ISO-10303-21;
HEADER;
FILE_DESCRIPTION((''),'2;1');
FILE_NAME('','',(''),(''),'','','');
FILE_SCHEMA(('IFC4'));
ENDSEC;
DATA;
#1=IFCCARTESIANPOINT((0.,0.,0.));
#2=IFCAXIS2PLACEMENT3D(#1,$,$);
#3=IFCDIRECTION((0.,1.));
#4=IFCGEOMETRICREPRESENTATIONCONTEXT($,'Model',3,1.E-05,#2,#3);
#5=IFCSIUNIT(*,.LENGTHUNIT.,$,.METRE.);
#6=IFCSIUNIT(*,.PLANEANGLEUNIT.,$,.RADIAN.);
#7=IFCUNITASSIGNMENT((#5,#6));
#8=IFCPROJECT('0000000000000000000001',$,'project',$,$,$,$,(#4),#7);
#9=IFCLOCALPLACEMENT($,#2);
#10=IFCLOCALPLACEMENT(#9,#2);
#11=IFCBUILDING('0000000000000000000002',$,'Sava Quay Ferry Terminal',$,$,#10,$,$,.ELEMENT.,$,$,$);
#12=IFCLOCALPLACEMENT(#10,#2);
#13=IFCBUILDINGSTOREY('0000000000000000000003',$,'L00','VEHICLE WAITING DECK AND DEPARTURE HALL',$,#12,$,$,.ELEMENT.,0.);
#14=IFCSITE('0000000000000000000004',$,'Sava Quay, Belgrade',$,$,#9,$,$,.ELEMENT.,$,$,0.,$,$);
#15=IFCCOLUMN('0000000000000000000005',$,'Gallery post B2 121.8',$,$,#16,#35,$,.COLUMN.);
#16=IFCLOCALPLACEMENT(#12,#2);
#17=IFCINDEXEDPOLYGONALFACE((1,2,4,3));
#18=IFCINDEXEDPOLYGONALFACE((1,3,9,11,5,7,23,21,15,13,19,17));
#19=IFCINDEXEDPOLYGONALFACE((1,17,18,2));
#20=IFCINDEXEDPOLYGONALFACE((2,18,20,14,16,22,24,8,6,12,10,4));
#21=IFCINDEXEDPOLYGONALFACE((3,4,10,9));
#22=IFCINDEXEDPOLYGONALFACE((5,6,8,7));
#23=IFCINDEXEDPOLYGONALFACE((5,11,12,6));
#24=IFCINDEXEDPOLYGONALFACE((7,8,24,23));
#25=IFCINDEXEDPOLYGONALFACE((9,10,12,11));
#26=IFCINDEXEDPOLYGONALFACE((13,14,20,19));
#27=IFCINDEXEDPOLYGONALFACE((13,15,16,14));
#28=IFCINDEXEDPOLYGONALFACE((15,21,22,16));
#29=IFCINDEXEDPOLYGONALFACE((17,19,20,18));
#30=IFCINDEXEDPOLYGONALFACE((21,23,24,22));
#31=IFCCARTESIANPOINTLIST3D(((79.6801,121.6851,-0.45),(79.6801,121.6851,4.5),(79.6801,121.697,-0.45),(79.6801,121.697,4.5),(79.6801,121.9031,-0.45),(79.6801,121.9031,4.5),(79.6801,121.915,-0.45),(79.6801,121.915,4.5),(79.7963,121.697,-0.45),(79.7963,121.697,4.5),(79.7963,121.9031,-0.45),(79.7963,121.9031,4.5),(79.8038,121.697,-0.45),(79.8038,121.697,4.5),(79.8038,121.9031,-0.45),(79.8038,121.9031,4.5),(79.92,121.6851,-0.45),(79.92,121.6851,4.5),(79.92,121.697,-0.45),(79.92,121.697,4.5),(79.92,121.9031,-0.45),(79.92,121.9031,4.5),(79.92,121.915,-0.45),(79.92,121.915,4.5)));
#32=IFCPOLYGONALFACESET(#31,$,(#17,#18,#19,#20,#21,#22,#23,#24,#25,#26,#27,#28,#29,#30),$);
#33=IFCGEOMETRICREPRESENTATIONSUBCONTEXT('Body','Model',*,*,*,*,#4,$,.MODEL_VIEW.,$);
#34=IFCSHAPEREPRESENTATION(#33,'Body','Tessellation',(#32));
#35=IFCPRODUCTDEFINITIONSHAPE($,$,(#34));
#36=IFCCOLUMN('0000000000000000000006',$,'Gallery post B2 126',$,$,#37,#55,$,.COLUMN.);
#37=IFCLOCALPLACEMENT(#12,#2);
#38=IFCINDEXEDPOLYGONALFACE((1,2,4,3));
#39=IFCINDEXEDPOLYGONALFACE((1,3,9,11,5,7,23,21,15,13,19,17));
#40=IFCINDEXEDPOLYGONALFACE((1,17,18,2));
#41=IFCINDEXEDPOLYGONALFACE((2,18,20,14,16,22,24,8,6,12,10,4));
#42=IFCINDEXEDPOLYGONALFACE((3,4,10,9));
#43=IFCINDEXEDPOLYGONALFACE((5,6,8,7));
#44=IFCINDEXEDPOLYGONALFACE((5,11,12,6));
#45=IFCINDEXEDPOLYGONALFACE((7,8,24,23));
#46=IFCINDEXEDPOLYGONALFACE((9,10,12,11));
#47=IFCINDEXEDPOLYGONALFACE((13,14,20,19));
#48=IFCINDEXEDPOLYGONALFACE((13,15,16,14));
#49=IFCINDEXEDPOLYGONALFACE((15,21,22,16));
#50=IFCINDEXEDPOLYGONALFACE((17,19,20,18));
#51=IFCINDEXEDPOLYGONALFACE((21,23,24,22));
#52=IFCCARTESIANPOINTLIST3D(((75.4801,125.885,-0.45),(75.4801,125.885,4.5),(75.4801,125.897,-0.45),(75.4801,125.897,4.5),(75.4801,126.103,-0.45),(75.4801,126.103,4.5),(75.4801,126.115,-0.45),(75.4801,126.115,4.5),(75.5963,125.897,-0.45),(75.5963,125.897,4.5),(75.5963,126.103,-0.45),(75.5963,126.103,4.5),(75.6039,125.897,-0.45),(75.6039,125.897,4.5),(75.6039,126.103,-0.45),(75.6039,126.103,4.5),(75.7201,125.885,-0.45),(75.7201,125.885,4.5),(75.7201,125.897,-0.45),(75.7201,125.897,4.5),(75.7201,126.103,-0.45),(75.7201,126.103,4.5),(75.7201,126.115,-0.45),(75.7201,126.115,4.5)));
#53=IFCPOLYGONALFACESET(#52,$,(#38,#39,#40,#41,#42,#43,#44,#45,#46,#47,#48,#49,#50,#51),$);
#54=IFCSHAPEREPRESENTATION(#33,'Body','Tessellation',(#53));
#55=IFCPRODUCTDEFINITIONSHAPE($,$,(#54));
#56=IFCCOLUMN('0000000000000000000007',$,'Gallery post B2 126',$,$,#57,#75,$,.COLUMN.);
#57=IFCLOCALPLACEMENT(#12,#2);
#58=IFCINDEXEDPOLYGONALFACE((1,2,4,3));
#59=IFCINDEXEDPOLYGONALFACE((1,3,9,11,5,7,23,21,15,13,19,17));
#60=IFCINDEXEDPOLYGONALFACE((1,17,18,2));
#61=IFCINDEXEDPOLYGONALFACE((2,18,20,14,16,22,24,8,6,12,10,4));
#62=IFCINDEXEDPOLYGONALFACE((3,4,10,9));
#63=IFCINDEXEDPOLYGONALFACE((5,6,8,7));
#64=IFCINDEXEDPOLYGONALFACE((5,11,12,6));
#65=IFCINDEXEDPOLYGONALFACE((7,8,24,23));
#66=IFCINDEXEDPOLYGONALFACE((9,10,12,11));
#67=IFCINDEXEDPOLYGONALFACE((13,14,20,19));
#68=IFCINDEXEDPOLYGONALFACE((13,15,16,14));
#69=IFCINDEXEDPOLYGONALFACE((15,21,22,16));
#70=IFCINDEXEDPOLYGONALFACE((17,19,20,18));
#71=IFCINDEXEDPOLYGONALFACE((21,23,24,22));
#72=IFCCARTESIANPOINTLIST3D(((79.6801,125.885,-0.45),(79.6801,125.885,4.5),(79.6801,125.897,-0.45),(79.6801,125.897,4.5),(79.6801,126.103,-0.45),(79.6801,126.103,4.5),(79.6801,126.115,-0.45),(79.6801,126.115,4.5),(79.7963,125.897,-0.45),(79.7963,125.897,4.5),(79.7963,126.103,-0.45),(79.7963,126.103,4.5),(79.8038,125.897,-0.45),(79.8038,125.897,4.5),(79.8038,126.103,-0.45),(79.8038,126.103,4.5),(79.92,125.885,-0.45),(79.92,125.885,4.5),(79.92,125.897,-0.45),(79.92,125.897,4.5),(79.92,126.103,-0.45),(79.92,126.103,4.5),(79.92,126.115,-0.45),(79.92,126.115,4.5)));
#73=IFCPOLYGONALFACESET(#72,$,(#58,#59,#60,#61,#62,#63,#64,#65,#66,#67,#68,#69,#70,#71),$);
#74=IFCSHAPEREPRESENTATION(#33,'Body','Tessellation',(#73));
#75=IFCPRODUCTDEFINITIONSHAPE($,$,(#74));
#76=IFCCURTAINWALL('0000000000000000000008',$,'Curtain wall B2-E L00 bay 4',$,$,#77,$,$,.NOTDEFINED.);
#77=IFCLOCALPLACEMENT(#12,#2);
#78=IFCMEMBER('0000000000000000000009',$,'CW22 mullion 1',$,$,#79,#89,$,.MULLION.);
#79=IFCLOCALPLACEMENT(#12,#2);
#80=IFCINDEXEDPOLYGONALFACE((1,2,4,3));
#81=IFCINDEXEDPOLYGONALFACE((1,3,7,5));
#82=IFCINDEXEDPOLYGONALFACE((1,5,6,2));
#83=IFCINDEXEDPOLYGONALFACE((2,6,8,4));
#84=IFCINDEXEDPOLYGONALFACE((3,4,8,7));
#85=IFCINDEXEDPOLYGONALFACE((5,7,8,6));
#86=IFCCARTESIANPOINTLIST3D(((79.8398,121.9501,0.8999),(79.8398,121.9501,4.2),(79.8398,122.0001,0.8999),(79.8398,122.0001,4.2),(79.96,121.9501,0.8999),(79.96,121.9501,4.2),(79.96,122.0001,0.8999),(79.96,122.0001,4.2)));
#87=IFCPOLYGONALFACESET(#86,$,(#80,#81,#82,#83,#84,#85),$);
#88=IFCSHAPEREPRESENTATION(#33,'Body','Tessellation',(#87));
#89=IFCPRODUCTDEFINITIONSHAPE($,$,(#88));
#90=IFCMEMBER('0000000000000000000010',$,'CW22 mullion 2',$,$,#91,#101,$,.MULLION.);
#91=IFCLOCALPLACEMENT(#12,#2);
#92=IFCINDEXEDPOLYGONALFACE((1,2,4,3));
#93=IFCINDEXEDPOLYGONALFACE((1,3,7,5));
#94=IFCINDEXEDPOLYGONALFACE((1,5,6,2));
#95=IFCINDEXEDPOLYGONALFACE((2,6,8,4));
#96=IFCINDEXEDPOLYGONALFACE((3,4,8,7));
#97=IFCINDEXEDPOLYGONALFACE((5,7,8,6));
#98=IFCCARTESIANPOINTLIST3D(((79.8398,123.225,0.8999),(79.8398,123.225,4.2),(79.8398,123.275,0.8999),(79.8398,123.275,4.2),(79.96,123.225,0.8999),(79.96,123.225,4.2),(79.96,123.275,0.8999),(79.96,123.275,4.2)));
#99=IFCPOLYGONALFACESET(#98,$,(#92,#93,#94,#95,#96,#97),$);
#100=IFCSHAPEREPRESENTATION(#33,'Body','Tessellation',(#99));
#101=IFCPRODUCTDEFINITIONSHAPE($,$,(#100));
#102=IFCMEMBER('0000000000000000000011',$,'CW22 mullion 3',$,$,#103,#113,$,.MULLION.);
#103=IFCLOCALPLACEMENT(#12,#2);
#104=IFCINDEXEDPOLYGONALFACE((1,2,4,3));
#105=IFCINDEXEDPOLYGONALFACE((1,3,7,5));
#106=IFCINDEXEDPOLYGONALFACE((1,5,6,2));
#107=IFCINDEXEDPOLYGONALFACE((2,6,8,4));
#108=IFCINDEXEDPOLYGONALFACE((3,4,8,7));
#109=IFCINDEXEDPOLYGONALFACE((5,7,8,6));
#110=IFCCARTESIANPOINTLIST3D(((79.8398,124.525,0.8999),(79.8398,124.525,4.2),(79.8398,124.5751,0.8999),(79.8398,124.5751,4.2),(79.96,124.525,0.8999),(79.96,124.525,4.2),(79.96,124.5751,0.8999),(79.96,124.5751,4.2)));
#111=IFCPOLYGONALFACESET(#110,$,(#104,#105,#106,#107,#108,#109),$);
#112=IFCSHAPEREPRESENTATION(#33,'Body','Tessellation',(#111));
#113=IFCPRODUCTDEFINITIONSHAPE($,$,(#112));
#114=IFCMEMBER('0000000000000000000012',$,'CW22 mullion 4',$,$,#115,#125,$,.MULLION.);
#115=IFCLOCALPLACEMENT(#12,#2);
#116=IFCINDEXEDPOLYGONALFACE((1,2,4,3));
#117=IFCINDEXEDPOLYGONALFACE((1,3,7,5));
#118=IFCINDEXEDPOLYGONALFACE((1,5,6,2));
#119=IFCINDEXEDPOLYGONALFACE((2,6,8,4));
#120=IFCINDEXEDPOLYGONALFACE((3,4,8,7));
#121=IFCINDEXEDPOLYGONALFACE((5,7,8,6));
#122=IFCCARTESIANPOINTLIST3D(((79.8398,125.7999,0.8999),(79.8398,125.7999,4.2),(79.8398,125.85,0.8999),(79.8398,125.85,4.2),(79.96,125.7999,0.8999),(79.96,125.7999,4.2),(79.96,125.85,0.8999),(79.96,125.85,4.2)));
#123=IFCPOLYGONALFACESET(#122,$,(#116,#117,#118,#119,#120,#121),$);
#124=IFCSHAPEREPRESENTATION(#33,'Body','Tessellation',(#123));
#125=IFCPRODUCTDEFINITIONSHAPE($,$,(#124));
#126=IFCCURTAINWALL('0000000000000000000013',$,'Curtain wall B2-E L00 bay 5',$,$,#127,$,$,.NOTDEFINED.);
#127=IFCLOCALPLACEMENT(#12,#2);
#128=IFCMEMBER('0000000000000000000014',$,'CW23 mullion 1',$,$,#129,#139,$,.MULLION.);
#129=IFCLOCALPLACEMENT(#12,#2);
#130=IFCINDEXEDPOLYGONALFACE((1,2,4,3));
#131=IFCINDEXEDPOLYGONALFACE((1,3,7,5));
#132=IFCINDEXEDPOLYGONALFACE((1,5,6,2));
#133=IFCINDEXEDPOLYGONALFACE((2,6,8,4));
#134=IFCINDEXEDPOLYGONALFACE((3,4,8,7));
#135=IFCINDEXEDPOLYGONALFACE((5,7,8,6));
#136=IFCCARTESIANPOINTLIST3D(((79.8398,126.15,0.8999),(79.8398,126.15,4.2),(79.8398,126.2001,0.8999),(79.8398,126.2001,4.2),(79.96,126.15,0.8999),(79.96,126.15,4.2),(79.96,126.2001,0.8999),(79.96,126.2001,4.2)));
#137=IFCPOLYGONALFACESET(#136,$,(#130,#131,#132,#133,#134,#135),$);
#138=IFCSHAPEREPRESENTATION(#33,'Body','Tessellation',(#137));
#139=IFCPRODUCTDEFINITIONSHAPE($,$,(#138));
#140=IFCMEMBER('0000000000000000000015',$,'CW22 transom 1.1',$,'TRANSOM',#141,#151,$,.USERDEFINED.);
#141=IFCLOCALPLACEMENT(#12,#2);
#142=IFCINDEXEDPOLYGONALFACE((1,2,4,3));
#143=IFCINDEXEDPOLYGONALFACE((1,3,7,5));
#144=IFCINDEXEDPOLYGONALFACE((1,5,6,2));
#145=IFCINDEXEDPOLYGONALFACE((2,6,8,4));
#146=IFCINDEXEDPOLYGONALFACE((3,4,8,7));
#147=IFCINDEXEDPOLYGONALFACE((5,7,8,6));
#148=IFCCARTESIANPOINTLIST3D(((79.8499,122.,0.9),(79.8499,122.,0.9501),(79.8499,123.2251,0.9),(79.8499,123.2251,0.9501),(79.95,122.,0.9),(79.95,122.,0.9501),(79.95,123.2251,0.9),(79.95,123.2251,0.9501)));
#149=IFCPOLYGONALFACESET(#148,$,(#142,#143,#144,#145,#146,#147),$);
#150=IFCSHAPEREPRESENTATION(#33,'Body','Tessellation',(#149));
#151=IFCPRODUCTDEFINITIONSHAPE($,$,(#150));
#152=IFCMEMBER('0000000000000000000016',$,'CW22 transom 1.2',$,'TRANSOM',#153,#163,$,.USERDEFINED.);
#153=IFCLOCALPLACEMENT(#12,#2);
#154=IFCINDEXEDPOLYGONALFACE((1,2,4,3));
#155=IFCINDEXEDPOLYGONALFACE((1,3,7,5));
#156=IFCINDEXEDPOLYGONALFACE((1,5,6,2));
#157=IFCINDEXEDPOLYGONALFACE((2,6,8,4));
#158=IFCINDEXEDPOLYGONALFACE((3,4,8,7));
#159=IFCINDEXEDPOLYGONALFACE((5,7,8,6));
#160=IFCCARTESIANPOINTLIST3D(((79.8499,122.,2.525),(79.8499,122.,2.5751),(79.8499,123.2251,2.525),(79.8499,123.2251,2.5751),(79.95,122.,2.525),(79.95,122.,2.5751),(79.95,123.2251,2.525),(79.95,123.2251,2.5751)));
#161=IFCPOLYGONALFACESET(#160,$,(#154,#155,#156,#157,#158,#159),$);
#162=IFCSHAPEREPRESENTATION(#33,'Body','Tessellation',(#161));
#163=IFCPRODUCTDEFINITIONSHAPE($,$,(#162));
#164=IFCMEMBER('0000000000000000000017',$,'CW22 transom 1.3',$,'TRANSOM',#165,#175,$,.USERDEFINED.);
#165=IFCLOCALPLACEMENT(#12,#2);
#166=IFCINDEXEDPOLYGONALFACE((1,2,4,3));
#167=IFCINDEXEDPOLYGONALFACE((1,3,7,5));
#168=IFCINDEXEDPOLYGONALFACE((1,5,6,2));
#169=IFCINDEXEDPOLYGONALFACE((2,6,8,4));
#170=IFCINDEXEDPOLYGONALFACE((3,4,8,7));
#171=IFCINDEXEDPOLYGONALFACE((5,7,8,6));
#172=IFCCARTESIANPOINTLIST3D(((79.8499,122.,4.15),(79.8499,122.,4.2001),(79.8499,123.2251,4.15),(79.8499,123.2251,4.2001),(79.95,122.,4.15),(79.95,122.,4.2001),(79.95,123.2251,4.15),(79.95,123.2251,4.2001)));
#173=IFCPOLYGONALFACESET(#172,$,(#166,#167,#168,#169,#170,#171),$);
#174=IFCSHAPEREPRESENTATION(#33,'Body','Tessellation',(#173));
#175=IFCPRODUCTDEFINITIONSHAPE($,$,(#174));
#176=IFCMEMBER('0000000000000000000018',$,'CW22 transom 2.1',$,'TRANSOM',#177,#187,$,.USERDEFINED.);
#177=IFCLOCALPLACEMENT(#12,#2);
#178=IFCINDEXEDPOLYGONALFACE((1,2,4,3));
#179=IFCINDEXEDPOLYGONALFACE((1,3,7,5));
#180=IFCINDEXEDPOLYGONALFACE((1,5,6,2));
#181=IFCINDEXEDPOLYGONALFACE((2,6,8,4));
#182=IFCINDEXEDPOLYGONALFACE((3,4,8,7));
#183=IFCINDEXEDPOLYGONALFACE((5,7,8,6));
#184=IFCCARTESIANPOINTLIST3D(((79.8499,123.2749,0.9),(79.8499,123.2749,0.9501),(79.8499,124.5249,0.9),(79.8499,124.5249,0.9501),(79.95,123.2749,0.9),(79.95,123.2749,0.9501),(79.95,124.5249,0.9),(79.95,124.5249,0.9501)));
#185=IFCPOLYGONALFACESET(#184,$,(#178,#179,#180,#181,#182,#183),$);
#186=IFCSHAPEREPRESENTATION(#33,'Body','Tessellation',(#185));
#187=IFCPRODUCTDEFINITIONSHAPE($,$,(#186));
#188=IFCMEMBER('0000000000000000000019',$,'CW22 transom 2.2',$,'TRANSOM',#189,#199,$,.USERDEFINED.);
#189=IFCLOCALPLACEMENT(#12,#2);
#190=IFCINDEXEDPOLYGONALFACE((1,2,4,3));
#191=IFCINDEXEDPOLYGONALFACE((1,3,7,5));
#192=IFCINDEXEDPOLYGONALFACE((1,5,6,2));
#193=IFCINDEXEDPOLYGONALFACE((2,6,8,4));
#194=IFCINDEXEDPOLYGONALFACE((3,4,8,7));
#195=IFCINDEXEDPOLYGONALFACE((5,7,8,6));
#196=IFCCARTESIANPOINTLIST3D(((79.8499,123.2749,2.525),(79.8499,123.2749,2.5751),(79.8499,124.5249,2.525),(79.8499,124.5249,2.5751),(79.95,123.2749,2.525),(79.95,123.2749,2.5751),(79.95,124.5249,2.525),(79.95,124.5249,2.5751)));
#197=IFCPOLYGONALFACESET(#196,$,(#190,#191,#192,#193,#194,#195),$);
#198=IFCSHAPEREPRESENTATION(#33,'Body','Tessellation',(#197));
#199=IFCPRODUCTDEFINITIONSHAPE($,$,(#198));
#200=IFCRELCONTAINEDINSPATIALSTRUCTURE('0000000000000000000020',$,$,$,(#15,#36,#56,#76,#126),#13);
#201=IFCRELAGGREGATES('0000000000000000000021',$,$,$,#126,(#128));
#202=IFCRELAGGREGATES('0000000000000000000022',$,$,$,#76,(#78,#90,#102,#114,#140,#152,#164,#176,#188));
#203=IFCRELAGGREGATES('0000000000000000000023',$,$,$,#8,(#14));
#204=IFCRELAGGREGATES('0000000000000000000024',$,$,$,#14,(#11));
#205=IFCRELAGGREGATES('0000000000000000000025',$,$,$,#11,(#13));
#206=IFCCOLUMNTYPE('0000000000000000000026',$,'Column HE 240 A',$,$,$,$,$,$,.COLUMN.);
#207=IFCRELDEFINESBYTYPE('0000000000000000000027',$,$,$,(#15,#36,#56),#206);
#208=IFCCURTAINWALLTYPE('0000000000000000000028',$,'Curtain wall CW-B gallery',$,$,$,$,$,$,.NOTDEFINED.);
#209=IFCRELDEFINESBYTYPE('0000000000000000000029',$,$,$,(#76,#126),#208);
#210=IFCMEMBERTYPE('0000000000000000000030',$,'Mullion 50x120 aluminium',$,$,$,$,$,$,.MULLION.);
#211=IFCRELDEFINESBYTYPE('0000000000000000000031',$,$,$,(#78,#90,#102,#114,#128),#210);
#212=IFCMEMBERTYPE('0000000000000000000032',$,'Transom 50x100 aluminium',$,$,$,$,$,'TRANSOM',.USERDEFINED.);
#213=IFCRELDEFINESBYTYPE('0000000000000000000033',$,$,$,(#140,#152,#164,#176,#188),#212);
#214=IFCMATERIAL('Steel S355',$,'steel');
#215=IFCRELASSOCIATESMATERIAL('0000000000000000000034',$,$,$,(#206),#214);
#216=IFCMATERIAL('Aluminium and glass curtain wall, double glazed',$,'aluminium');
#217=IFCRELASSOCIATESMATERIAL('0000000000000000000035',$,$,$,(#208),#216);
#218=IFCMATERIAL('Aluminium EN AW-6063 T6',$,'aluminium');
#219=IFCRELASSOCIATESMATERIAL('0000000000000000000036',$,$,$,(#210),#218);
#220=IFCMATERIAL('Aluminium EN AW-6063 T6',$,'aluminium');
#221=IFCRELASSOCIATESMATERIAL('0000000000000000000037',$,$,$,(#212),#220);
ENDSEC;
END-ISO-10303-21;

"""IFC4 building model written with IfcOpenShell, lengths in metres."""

from ifc_helpers import new_model, si_unit, direction, frame, origin, origin_2d, place, context, subcontext, project, spatial, rectangle, i_section, extrude, material, material_profile, profile_set, type_object, element, aggregate, save


model = new_model("IFC4")

# Units and contexts
model_context = context("Model", 3, precision=1e-05, world=origin(), true_north=direction((0.0, 1.0)))
body_context = subcontext(model_context, "Body", "Model", "MODEL_VIEW")
ifc_project = project(units=[si_unit("LENGTHUNIT", "METRE"), si_unit("PLANEANGLEUNIT", "RADIAN")], contexts=[model_context])

# Site, building, storey
site_placement = place(None, origin())
site = spatial("IfcSite", under=ifc_project, at=site_placement, Name="Sava Quay, Belgrade", CompositionType="ELEMENT", RefElevation=0.0)
building_placement = place(site_placement, origin())
building = spatial("IfcBuilding", under=site, at=building_placement, Name="Sava Quay Ferry Terminal", CompositionType="ELEMENT")
storey_placement = place(building_placement, origin())
storey = spatial("IfcBuildingStorey", under=building, at=storey_placement, Name="L00", Description="VEHICLE WAITING DECK AND DEPARTURE HALL", CompositionType="ELEMENT", Elevation=0.0)

# Columns
ifc_material_1 = material(Name="Steel S355", Category="steel")
ifc_material_profile_1 = material_profile(ifc_material_1, i_section(OverallWidth=0.24, OverallDepth=0.23, WebThickness=0.0076, FlangeThickness=0.012, at=origin_2d()), Name="HE 240 A")
ifc_profile_set_1 = profile_set([ifc_material_profile_1], Name="Steel S355")
column_type = type_object("IfcColumnType", Name="Column HE 240 A", PredefinedType="COLUMN", material=ifc_profile_set_1)
for number, where, z_axis, x_axis, name in (
    (1, (79.8, 121.8, -0.45), (0.0, 0.0, 1.0), (1.0, 0.0, 0.0), "Gallery post B2 121.8"),
    (2, (75.6001, 126.0, -0.45), (0.0, 0.0, 1.0), (1.0, 0.0, 0.0), "Gallery post B2 126"),
    (3, (79.8, 126.0, -0.45), (0.0, 0.0, 1.0), (1.0, 0.0, 0.0), "Gallery post B2 126"),
):
    element("IfcColumn", number, at=place(storey_placement, frame(where, z_axis=z_axis, x_axis=x_axis)), inside=storey, type_object=column_type, Name=name, PredefinedType="COLUMN", context=body_context, shape_type="SweptSolid", body=[
        extrude(i_section(OverallWidth=0.24, OverallDepth=0.23, WebThickness=0.0076, FlangeThickness=0.012, at=origin_2d()), origin(), (0.0, 0.0, 1.0), 4.95),
    ])

# Curtain wall, members
ifc_material_2 = material(Name="Aluminium and glass curtain wall, double glazed", Category="aluminium")
curtain_wall_type = type_object("IfcCurtainWallType", Name="Curtain wall CW-B gallery", PredefinedType="NOTDEFINED", material=ifc_material_2)
curtain_wall_1_placement = place(storey_placement, origin())
curtain_wall_1 = element("IfcCurtainWall", 4, at=curtain_wall_1_placement, inside=storey, type_object=curtain_wall_type, Name="Curtain wall B2-E L00 bay 4", PredefinedType="NOTDEFINED")
ifc_material_3 = material(Name="Aluminium EN AW-6063 T6", Category="aluminium")
ifc_material_profile_2 = material_profile(ifc_material_3, rectangle(XDim=0.1201, YDim=0.05, at=origin_2d()), Name="Mullion 50x120 aluminium")
ifc_profile_set_2 = profile_set([ifc_material_profile_2], Name="Aluminium EN AW-6063 T6")
member_type_1 = type_object("IfcMemberType", Name="Mullion 50x120 aluminium", PredefinedType="MULLION", material=ifc_profile_set_2)
member_1_placement = place(storey_placement, frame((79.8999, 121.9751, 0.8999), z_axis=(0.0, 0.0, 1.0), x_axis=(-1.0, 0.0, 0.0)))
member_1 = element("IfcMember", 5, at=member_1_placement, type_object=member_type_1, Name="CW22 mullion 1", PredefinedType="MULLION", context=body_context, shape_type="SweptSolid", body=[
    extrude(rectangle(XDim=0.1201, YDim=0.05, at=origin_2d()), origin(), (0.0, 0.0, 1.0), 3.3),
])
member_2_placement = place(storey_placement, frame((79.8999, 123.25, 0.8999), z_axis=(0.0, 0.0, 1.0), x_axis=(-1.0, 0.0, 0.0)))
member_2 = element("IfcMember", 6, at=member_2_placement, type_object=member_type_1, Name="CW22 mullion 2", PredefinedType="MULLION", context=body_context, shape_type="SweptSolid", body=[
    extrude(rectangle(XDim=0.1201, YDim=0.05, at=origin_2d()), origin(), (0.0, 0.0, 1.0), 3.3),
])
member_3_placement = place(storey_placement, frame((79.8999, 124.55, 0.8999), z_axis=(0.0, 0.0, 1.0), x_axis=(-1.0, 0.0, 0.0)))
member_3 = element("IfcMember", 7, at=member_3_placement, type_object=member_type_1, Name="CW22 mullion 3", PredefinedType="MULLION", context=body_context, shape_type="SweptSolid", body=[
    extrude(rectangle(XDim=0.1201, YDim=0.05, at=origin_2d()), origin(), (0.0, 0.0, 1.0), 3.3),
])
member_4_placement = place(storey_placement, frame((79.8999, 125.825, 0.8999), z_axis=(0.0, 0.0, 1.0), x_axis=(-1.0, 0.0, 0.0)))
member_4 = element("IfcMember", 8, at=member_4_placement, type_object=member_type_1, Name="CW22 mullion 4", PredefinedType="MULLION", context=body_context, shape_type="SweptSolid", body=[
    extrude(rectangle(XDim=0.1201, YDim=0.05, at=origin_2d()), origin(), (0.0, 0.0, 1.0), 3.3),
])

# Curtain wall, member
curtain_wall_2_placement = place(storey_placement, origin())
curtain_wall_2 = element("IfcCurtainWall", 9, at=curtain_wall_2_placement, inside=storey, type_object=curtain_wall_type, Name="Curtain wall B2-E L00 bay 5", PredefinedType="NOTDEFINED")
member_5_placement = place(storey_placement, frame((79.8999, 126.175, 0.8999), z_axis=(0.0, 0.0, 1.0), x_axis=(-1.0, 0.0, 0.0)))
member_5 = element("IfcMember", 10, at=member_5_placement, type_object=member_type_1, Name="CW23 mullion 1", PredefinedType="MULLION", context=body_context, shape_type="SweptSolid", body=[
    extrude(rectangle(XDim=0.1201, YDim=0.05, at=origin_2d()), origin(), (0.0, 0.0, 1.0), 3.3),
])

# Members
ifc_material_4 = material(Name="Aluminium EN AW-6063 T6", Category="aluminium")
ifc_material_profile_3 = material_profile(ifc_material_4, rectangle(XDim=0.1001, YDim=0.05, at=origin_2d()), Name="Transom 50x100 aluminium")
ifc_profile_set_3 = profile_set([ifc_material_profile_3], Name="Aluminium EN AW-6063 T6")
member_type_2 = type_object("IfcMemberType", Name="Transom 50x100 aluminium", ElementType="TRANSOM", PredefinedType="USERDEFINED", material=ifc_profile_set_3)
member_6_placement = place(storey_placement, frame((79.8999, 122.0, 0.925), z_axis=(0.0, 1.0, 0.0), x_axis=(-1.0, 0.0, 0.0)))
member_6 = element("IfcMember", 11, at=member_6_placement, type_object=member_type_2, Name="CW22 transom 1.1", ObjectType="TRANSOM", PredefinedType="USERDEFINED", context=body_context, shape_type="SweptSolid", body=[
    extrude(rectangle(XDim=0.1001, YDim=0.05, at=origin_2d()), origin(), (0.0, 0.0, 1.0), 1.2251),
])
member_7_placement = place(storey_placement, frame((79.8999, 122.0, 2.55), z_axis=(0.0, 1.0, 0.0), x_axis=(-1.0, 0.0, 0.0)))
member_7 = element("IfcMember", 12, at=member_7_placement, type_object=member_type_2, Name="CW22 transom 1.2", ObjectType="TRANSOM", PredefinedType="USERDEFINED", context=body_context, shape_type="SweptSolid", body=[
    extrude(rectangle(XDim=0.1001, YDim=0.05, at=origin_2d()), origin(), (0.0, 0.0, 1.0), 1.2251),
])
member_8_placement = place(storey_placement, frame((79.8999, 122.0, 4.175), z_axis=(0.0, 1.0, 0.0), x_axis=(-1.0, 0.0, 0.0)))
member_8 = element("IfcMember", 13, at=member_8_placement, type_object=member_type_2, Name="CW22 transom 1.3", ObjectType="TRANSOM", PredefinedType="USERDEFINED", context=body_context, shape_type="SweptSolid", body=[
    extrude(rectangle(XDim=0.1001, YDim=0.05, at=origin_2d()), origin(), (0.0, 0.0, 1.0), 1.2251),
])
member_9_placement = place(storey_placement, frame((79.8999, 123.2749, 0.925), z_axis=(0.0, 1.0, 0.0), x_axis=(-1.0, 0.0, 0.0)))
member_9 = element("IfcMember", 14, at=member_9_placement, type_object=member_type_2, Name="CW22 transom 2.1", ObjectType="TRANSOM", PredefinedType="USERDEFINED", context=body_context, shape_type="SweptSolid", body=[
    extrude(rectangle(XDim=0.1001, YDim=0.05, at=origin_2d()), origin(), (0.0, 0.0, 1.0), 1.25),
])
member_10_placement = place(storey_placement, frame((79.8999, 123.2749, 2.55), z_axis=(0.0, 1.0, 0.0), x_axis=(-1.0, 0.0, 0.0)))
member_10 = element("IfcMember", 15, at=member_10_placement, type_object=member_type_2, Name="CW22 transom 2.2", ObjectType="TRANSOM", PredefinedType="USERDEFINED", context=body_context, shape_type="SweptSolid", body=[
    extrude(rectangle(XDim=0.1001, YDim=0.05, at=origin_2d()), origin(), (0.0, 0.0, 1.0), 1.25),
])
aggregate(curtain_wall_2, [member_5])

aggregate(curtain_wall_1, [member_1, member_2, member_3, member_4, member_6, member_7, member_8, member_9, member_10])

save(model, "model.ifc")
